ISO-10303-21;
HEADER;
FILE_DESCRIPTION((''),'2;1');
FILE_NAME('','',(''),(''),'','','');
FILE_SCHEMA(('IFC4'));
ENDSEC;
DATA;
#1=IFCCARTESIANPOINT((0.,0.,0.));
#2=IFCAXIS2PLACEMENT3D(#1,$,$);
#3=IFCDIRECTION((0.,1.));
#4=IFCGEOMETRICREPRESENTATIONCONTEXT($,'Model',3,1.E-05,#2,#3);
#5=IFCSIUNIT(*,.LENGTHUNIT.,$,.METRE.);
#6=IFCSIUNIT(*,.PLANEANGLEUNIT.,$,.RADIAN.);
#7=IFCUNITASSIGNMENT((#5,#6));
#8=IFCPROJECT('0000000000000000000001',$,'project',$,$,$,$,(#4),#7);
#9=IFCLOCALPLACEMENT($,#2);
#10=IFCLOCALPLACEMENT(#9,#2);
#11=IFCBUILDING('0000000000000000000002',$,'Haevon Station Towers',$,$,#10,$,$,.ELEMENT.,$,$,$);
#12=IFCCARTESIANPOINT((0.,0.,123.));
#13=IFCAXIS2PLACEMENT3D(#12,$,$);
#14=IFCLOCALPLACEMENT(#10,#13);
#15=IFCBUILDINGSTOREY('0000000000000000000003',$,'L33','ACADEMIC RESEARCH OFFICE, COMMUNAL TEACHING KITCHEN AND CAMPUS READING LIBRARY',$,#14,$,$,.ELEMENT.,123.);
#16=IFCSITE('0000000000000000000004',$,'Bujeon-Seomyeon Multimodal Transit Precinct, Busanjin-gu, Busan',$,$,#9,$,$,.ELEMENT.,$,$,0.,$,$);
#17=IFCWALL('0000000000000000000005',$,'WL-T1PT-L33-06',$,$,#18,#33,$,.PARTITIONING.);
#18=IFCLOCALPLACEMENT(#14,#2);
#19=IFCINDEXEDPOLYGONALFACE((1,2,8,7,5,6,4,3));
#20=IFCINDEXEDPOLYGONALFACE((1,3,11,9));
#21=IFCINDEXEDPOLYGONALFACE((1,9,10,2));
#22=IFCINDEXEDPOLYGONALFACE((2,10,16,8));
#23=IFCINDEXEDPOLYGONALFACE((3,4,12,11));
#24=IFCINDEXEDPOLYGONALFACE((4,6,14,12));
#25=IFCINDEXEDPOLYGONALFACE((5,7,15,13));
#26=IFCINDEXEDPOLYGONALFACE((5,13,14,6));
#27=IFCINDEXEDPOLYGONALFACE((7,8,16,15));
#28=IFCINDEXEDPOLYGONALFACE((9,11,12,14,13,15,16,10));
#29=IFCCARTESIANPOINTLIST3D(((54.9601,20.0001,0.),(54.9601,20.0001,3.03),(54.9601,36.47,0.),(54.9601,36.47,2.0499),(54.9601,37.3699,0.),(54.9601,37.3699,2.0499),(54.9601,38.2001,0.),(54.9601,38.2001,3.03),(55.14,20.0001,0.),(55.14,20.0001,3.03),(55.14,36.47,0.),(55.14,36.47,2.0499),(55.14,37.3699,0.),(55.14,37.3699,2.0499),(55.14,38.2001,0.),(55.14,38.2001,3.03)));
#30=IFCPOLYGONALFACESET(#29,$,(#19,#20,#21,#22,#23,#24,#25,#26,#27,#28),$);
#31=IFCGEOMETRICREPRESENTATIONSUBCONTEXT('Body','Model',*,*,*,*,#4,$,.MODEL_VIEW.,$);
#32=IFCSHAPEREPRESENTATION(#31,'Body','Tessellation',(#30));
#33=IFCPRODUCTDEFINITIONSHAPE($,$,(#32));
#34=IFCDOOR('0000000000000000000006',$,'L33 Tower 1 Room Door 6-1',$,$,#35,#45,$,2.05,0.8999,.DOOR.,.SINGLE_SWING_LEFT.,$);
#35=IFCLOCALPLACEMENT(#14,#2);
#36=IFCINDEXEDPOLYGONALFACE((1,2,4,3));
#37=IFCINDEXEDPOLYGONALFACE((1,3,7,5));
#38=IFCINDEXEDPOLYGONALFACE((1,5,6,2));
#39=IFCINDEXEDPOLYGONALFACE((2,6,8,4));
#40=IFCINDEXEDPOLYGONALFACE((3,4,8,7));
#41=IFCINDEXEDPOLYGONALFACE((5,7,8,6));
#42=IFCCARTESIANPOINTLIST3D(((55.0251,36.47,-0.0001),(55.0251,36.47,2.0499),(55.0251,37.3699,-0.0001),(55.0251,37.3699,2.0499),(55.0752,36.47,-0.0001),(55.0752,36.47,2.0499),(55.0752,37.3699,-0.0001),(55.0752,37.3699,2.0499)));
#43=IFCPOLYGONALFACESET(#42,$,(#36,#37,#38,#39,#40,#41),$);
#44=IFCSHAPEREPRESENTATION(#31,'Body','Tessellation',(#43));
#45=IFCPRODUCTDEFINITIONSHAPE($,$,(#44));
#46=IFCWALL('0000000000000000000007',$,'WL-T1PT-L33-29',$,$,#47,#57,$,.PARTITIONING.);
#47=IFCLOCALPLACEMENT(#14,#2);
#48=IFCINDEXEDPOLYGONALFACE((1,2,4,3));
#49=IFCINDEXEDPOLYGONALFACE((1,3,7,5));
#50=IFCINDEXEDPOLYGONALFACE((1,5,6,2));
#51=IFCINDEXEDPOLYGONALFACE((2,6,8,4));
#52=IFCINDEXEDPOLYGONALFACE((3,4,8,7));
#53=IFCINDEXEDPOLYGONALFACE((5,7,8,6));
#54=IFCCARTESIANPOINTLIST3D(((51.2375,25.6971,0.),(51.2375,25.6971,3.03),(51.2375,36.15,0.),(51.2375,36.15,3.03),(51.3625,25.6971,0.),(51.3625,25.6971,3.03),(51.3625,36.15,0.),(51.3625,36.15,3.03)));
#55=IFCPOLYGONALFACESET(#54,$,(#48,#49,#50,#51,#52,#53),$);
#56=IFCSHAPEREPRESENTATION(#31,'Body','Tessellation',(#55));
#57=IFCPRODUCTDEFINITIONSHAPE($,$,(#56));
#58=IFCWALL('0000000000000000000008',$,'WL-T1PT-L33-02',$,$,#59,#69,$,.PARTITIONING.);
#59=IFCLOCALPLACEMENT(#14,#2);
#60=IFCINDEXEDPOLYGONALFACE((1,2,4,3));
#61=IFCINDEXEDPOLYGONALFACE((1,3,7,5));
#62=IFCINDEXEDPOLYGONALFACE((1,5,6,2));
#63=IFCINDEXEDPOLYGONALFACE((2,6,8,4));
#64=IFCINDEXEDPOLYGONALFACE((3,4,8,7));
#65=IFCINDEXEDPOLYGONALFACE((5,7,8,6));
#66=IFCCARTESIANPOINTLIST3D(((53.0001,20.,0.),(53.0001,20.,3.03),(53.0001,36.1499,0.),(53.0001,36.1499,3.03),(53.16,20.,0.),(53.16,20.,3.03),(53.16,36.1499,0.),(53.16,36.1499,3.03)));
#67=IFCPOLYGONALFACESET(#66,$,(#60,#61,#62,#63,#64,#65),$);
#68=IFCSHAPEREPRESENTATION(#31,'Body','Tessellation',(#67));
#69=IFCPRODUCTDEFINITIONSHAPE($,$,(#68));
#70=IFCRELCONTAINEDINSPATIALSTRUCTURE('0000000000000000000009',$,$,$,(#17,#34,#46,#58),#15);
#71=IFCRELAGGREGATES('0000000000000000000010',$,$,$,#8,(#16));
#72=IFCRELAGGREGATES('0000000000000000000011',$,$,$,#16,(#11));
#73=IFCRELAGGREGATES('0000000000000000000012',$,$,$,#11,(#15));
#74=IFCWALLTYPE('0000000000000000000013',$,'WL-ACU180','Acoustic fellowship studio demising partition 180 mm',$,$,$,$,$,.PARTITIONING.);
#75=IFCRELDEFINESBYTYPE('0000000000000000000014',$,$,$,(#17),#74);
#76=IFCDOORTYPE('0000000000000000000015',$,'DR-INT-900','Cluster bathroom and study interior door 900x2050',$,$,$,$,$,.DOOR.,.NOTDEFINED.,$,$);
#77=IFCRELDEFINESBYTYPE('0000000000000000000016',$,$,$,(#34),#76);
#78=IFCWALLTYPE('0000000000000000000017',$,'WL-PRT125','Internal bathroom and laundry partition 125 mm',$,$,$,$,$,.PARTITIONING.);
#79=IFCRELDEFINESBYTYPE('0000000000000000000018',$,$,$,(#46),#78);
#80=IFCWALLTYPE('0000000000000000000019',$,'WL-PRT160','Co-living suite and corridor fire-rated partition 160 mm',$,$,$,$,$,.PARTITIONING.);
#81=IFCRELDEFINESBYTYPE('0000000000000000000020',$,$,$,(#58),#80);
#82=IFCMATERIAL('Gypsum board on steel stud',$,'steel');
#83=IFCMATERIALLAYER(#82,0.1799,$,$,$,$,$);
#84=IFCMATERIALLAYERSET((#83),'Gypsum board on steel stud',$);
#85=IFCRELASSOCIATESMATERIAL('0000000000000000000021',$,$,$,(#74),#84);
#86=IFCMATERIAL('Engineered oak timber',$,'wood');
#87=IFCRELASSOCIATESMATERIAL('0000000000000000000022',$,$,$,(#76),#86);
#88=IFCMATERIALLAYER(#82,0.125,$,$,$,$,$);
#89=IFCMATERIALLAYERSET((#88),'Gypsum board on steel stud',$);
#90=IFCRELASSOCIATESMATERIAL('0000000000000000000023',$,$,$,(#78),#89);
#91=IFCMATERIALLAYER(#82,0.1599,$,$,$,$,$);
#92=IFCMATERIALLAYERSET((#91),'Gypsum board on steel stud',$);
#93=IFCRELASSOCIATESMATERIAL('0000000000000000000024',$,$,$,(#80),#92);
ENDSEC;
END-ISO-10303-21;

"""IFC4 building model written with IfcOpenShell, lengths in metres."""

from ifc_helpers import new_model, si_unit, direction, frame, frame_2d, origin, place, context, subcontext, project, spatial, rectangle, extrude, material, layer, layer_set, type_object, element, fill, save


model = new_model("IFC4")

# Units and contexts
model_context = context("Model", 3, precision=1e-05, world=origin(), true_north=direction((0.0, 1.0)))
body_context = subcontext(model_context, "Body", "Model", "MODEL_VIEW")
ifc_project = project(units=[si_unit("LENGTHUNIT", "METRE"), si_unit("PLANEANGLEUNIT", "RADIAN")], contexts=[model_context])

# Site, building, storey
site_placement = place(None, origin())
site = spatial("IfcSite", under=ifc_project, at=site_placement, Name="Bujeon-Seomyeon Multimodal Transit Precinct, Busanjin-gu, Busan", CompositionType="ELEMENT", RefElevation=0.0)
building_placement = place(site_placement, origin())
building = spatial("IfcBuilding", under=site, at=building_placement, Name="Haevon Station Towers", CompositionType="ELEMENT")
storey_placement = place(building_placement, frame((0.0, 0.0, 123.0)))
storey = spatial("IfcBuildingStorey", under=building, at=storey_placement, Name="L33", Description="ACADEMIC RESEARCH OFFICE, COMMUNAL TEACHING KITCHEN AND CAMPUS READING LIBRARY", CompositionType="ELEMENT", Elevation=123.0)

# Wall, opening, door
ifc_material_1 = material(Name="Gypsum board on steel stud", Category="steel")
ifc_layer_1 = layer(ifc_material_1, 0.1799)
ifc_layer_set_1 = layer_set([ifc_layer_1], Name="Gypsum board on steel stud")
wall_type_1 = type_object("IfcWallType", Name="WL-ACU180", Description="Acoustic fellowship studio demising partition 180 mm", PredefinedType="PARTITIONING", material=ifc_layer_set_1)
wall_1_placement = place(storey_placement, frame((55.05, 20.0, 0.0), z_axis=(0.0, 0.0, 1.0), x_axis=(0.0, 1.0, 0.0)))
wall_1 = element("IfcWall", 1, at=wall_1_placement, inside=storey, type_object=wall_type_1, Name="WL-T1PT-L33-06", PredefinedType="PARTITIONING", context=body_context, shape_type="SweptSolid", body=[
    extrude(rectangle(XDim=18.2, YDim=0.1799, at=frame_2d((9.1001, 0.0))), origin(), (0.0, 0.0, 1.0), 3.03),
])
opening_1_placement = place(wall_1_placement, frame((16.47, 0.0, 0.0)))
opening_1 = element("IfcOpeningElement", 2, at=opening_1_placement, cuts=wall_1, PredefinedType="OPENING", context=body_context, shape_type="SweptSolid", body=[
    extrude(rectangle(XDim=0.8999, YDim=2.05, at=frame_2d((0.45, 1.0249))), frame((0.0, 0.0999, 0.0), z_axis=(0.0, -1.0, 0.0), x_axis=(1.0, 0.0, 0.0)), (0.0, 0.0, 1.0), 0.2),
])
ifc_material_2 = material(Name="Engineered oak timber", Category="wood")
door_type_1 = type_object("IfcDoorType", Name="DR-INT-900", Description="Cluster bathroom and study interior door 900x2050", OperationType="NOTDEFINED", PredefinedType="DOOR", material=ifc_material_2)
door_1_placement = place(opening_1_placement, origin())
door_1 = element("IfcDoor", 3, at=door_1_placement, inside=storey, type_object=door_type_1, Name="L33 Tower 1 Room Door 6-1", OperationType="SINGLE_SWING_LEFT", OverallHeight=2.05, OverallWidth=0.8999, PredefinedType="DOOR", context=body_context, shape_type="SweptSolid", body=[
    extrude(rectangle(XDim=0.8999, YDim=2.05, at=frame_2d((0.45, 1.0249))), frame((0.0, 0.0249, 0.0), z_axis=(0.0, -1.0, 0.0), x_axis=(1.0, 0.0, 0.0)), (0.0, 0.0, 1.0), 0.05),
])
fill(opening_1, door_1)

# Walls
ifc_layer_2 = layer(ifc_material_1, 0.125)
ifc_layer_set_2 = layer_set([ifc_layer_2], Name="Gypsum board on steel stud")
wall_type_2 = type_object("IfcWallType", Name="WL-PRT125", Description="Internal bathroom and laundry partition 125 mm", PredefinedType="PARTITIONING", material=ifc_layer_set_2)
wall_2_placement = place(storey_placement, frame((51.3, 25.697, 0.0), z_axis=(0.0, 0.0, 1.0), x_axis=(0.0, 1.0, 0.0)))
element("IfcWall", 4, at=wall_2_placement, inside=storey, type_object=wall_type_2, Name="WL-T1PT-L33-29", PredefinedType="PARTITIONING", context=body_context, shape_type="SweptSolid", body=[
    extrude(rectangle(XDim=10.4529, YDim=0.125, at=frame_2d((5.2266, 0.0))), origin(), (0.0, 0.0, 1.0), 3.03),
])
ifc_layer_3 = layer(ifc_material_1, 0.1599)
ifc_layer_set_3 = layer_set([ifc_layer_3], Name="Gypsum board on steel stud")
wall_type_3 = type_object("IfcWallType", Name="WL-PRT160", Description="Co-living suite and corridor fire-rated partition 160 mm", PredefinedType="PARTITIONING", material=ifc_layer_set_3)
wall_3_placement = place(storey_placement, frame((53.0801, 20.0, 0.0), z_axis=(0.0, 0.0, 1.0), x_axis=(0.0, 1.0, 0.0)))
element("IfcWall", 5, at=wall_3_placement, inside=storey, type_object=wall_type_3, Name="WL-T1PT-L33-02", PredefinedType="PARTITIONING", context=body_context, shape_type="SweptSolid", body=[
    extrude(rectangle(XDim=16.1499, YDim=0.1599, at=frame_2d((8.075, 0.0))), origin(), (0.0, 0.0, 1.0), 3.03),
])

save(model, "model.ifc")
